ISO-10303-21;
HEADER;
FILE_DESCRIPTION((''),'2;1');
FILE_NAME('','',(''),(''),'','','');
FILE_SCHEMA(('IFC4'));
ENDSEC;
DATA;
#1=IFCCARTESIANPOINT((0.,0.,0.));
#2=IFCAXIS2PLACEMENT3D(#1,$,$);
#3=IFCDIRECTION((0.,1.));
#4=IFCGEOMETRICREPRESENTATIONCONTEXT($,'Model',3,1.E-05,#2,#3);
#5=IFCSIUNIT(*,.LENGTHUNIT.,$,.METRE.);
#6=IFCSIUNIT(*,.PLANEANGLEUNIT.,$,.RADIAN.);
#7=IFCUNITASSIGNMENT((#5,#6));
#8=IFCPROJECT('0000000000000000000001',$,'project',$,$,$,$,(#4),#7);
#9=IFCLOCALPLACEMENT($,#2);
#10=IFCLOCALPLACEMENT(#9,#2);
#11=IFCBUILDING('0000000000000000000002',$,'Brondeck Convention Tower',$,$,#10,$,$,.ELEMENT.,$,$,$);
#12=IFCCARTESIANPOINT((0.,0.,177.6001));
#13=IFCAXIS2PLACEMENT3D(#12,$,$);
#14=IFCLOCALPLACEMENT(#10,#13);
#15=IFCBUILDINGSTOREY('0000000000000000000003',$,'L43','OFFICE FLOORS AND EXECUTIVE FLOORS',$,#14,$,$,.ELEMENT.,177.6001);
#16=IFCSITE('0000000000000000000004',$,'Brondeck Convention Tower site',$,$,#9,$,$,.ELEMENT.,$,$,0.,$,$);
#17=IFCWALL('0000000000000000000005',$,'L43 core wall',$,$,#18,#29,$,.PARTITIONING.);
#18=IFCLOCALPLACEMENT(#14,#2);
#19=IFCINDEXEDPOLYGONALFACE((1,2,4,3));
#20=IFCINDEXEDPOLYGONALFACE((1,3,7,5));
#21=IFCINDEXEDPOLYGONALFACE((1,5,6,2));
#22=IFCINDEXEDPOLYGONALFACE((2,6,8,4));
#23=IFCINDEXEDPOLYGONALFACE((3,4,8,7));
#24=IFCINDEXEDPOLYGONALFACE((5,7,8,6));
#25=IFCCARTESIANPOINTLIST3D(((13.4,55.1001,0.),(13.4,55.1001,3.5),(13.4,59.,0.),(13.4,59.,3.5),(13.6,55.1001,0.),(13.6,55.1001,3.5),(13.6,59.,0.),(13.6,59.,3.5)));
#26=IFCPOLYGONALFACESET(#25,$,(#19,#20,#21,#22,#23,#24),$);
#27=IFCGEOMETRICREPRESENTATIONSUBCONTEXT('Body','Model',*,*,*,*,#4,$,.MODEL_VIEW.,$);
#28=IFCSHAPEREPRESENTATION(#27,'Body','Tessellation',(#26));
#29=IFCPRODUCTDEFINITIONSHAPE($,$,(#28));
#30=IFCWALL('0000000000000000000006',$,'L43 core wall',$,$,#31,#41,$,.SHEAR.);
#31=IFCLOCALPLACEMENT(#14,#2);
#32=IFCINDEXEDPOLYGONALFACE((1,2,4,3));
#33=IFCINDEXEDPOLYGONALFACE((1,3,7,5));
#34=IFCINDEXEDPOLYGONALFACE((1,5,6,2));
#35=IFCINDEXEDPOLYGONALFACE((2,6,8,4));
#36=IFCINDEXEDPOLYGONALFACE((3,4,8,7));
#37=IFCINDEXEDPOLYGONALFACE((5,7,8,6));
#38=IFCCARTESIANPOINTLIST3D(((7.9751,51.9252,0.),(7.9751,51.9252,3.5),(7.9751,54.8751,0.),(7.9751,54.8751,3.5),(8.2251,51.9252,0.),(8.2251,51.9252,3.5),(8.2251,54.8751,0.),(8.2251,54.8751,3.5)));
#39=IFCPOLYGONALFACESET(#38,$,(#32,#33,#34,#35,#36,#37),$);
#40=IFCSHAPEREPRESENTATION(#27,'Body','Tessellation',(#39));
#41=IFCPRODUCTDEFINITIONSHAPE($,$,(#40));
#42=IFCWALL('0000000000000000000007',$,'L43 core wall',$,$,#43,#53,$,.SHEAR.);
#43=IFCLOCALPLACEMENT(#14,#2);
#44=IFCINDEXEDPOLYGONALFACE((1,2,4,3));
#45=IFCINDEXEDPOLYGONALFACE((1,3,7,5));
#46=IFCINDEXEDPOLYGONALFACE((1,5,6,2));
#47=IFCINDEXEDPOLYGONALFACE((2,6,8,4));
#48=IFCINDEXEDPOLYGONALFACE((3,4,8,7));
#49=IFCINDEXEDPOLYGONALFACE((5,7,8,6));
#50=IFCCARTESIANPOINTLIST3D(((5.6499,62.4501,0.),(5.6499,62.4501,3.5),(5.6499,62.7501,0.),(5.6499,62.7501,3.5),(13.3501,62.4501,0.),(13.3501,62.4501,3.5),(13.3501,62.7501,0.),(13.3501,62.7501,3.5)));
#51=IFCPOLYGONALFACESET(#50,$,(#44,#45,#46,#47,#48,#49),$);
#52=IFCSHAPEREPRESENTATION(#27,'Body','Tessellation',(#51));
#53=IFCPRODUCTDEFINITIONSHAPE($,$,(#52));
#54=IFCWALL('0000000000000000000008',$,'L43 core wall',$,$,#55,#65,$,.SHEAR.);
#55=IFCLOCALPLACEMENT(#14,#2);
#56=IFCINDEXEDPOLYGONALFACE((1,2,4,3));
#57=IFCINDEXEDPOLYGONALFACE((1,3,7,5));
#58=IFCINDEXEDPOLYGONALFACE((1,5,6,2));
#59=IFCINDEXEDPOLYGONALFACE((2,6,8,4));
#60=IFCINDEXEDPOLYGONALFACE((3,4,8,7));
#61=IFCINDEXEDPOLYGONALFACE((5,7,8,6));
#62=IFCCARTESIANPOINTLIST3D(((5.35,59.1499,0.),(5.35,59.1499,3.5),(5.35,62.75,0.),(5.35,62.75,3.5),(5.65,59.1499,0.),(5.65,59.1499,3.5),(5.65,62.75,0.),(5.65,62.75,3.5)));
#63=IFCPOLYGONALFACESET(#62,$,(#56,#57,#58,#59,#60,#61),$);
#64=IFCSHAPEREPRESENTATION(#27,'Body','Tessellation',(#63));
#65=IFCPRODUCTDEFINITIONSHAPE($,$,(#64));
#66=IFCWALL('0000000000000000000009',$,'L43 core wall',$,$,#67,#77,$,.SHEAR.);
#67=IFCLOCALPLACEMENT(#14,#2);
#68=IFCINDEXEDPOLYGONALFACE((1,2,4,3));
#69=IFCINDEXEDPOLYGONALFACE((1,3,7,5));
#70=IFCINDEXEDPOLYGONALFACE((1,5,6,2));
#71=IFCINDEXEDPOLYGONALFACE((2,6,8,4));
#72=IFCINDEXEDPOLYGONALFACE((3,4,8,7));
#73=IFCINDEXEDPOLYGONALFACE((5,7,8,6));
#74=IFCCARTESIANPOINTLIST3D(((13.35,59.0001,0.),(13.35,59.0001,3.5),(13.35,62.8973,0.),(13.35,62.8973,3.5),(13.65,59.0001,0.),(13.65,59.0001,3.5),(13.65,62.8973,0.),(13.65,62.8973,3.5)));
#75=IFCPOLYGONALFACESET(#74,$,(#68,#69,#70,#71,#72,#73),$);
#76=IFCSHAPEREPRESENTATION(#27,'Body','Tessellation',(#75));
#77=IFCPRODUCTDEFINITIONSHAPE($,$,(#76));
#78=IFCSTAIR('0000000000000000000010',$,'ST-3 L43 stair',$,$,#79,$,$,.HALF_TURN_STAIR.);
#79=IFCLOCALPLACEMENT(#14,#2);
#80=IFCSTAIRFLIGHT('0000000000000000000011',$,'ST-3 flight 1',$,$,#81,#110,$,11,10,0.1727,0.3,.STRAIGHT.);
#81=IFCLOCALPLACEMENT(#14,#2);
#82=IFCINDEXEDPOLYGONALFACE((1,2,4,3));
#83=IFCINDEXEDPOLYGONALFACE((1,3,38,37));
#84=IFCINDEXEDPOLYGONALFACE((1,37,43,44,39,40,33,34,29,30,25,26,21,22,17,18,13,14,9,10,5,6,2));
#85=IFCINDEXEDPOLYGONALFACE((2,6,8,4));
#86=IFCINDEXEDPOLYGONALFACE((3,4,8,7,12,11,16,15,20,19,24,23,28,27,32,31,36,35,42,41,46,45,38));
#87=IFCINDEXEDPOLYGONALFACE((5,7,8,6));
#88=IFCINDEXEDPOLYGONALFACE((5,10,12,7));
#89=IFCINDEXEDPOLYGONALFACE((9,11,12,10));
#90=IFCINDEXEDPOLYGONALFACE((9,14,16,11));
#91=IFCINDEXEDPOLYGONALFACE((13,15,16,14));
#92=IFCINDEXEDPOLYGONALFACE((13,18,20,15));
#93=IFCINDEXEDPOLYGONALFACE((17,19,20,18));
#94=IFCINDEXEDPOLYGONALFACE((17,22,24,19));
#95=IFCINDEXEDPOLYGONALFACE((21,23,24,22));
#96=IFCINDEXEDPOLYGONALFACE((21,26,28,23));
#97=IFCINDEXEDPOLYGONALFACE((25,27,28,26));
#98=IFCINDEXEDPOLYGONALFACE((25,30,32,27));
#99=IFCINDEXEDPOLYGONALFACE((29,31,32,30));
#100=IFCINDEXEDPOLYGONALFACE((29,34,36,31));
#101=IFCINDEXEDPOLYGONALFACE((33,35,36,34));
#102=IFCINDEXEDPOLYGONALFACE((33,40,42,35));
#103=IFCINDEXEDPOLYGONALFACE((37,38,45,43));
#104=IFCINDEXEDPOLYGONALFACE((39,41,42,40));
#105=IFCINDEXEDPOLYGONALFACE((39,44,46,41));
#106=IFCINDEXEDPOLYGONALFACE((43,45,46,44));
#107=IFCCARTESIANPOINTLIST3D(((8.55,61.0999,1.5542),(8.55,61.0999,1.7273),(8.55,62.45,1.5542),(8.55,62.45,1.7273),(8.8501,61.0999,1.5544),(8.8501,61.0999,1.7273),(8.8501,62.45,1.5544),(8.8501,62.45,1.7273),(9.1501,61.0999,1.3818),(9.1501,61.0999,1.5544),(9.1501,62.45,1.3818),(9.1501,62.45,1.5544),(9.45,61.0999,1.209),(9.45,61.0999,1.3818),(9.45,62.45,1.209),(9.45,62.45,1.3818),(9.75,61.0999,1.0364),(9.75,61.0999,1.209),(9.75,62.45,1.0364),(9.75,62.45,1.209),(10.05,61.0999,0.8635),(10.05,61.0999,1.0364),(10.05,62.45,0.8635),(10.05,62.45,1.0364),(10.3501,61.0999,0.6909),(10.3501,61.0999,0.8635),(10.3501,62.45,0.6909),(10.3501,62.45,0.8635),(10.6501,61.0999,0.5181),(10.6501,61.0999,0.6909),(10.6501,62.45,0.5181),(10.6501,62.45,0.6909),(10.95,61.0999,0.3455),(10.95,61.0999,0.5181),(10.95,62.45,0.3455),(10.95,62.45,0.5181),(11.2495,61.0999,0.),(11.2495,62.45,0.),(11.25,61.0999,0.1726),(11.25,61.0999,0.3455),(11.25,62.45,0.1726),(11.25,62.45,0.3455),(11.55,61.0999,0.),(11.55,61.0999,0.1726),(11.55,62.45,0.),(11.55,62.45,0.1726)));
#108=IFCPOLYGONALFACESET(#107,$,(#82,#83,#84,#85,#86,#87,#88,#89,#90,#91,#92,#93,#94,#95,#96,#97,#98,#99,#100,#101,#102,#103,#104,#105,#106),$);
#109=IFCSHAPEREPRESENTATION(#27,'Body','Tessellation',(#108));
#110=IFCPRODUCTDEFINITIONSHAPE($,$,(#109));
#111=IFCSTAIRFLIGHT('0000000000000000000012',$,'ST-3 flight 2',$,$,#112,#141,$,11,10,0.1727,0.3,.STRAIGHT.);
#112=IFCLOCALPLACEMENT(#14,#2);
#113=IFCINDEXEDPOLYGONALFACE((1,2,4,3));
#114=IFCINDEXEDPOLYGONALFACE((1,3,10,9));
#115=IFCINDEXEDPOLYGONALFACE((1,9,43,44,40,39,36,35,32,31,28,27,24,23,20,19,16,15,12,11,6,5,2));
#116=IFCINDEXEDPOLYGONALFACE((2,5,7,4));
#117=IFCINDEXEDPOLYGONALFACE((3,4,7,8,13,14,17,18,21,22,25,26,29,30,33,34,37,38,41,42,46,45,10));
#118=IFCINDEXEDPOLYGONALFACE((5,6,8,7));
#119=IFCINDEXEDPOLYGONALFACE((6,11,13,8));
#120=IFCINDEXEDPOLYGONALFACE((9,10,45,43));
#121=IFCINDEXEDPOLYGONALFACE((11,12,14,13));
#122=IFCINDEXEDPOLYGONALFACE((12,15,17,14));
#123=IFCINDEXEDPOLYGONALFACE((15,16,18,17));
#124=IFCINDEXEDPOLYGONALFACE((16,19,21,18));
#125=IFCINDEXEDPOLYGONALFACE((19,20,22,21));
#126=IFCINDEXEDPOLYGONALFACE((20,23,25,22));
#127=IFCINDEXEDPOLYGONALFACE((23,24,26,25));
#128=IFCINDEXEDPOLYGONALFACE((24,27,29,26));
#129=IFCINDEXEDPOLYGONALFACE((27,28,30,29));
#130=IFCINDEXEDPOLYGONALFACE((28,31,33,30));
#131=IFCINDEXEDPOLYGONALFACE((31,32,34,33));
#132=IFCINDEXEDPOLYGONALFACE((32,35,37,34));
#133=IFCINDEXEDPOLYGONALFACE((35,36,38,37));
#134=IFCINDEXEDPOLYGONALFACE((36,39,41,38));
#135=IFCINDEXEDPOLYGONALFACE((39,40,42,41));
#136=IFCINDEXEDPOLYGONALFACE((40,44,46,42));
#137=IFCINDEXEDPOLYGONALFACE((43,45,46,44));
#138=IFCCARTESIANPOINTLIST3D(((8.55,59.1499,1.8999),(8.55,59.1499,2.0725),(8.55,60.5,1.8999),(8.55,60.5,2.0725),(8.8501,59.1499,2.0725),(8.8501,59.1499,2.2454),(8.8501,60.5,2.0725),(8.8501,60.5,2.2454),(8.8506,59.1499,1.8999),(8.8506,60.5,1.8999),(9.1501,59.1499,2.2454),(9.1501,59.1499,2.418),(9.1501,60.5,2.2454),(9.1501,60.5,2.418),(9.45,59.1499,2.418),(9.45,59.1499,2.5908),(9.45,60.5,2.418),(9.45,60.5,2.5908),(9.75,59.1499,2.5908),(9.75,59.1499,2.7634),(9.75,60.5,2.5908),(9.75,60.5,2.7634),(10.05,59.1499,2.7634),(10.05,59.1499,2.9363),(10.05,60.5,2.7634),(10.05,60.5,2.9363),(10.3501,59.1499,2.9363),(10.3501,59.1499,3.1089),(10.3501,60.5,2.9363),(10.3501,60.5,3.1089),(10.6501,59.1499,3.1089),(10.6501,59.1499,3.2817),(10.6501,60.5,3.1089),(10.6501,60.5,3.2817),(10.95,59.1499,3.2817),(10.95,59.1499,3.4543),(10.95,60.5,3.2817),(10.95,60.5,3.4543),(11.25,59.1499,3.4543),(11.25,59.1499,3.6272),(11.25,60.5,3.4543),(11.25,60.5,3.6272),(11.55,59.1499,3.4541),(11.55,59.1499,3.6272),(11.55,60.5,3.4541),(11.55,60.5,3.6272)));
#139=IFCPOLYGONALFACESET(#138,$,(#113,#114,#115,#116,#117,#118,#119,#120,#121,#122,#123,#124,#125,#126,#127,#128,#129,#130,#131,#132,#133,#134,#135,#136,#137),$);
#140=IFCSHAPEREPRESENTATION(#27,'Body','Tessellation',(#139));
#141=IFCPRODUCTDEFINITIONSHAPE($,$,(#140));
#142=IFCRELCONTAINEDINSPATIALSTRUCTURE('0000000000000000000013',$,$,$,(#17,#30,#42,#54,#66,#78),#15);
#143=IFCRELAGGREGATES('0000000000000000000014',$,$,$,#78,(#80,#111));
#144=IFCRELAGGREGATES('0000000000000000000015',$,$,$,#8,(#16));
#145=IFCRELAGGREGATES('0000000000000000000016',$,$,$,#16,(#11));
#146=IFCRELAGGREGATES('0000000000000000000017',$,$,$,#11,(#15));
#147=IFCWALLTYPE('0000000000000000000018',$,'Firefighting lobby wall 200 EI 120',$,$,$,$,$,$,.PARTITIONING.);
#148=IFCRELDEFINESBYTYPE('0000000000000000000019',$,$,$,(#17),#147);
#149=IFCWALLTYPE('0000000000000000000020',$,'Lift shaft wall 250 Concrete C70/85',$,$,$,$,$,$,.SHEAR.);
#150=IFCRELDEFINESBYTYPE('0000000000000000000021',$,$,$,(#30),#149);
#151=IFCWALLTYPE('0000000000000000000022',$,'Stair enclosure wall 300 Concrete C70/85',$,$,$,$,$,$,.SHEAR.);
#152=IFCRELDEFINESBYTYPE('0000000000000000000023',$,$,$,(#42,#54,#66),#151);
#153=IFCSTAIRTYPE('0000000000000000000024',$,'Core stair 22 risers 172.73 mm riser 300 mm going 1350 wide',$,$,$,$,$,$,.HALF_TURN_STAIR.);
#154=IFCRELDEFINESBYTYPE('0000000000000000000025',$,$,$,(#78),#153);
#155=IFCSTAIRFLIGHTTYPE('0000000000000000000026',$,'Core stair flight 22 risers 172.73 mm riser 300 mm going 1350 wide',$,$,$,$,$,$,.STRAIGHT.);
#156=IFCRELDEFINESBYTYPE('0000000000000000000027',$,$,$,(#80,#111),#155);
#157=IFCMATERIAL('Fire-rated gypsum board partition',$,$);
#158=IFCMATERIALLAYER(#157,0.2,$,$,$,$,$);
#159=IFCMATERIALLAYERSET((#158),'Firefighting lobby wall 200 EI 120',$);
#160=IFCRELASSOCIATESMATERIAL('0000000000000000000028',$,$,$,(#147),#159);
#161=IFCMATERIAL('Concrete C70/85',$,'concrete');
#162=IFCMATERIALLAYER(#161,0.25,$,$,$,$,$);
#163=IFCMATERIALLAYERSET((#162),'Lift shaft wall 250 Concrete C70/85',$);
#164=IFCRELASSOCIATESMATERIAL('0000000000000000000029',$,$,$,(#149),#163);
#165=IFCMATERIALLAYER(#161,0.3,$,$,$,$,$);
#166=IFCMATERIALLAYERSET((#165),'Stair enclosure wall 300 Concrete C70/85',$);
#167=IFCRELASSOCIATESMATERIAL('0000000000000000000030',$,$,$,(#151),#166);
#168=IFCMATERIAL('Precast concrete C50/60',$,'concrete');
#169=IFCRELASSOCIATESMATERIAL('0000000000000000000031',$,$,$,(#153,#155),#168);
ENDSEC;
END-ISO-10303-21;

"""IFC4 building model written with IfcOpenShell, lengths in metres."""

from ifc_helpers import new_model, si_unit, direction, frame, frame_2d, origin, place, context, subcontext, project, spatial, polyline, rectangle, outline, extrude, material, layer, layer_set, type_object, element, aggregate, save


model = new_model("IFC4")

# Units and contexts
model_context = context("Model", 3, precision=1e-05, world=origin(), true_north=direction((0.0, 1.0)))
body_context = subcontext(model_context, "Body", "Model", "MODEL_VIEW")
ifc_project = project(units=[si_unit("LENGTHUNIT", "METRE"), si_unit("PLANEANGLEUNIT", "RADIAN")], contexts=[model_context])

# Site, building, storey
site_placement = place(None, origin())
site = spatial("IfcSite", under=ifc_project, at=site_placement, Name="Brondeck Convention Tower site", CompositionType="ELEMENT", RefElevation=0.0)
building_placement = place(site_placement, origin())
building = spatial("IfcBuilding", under=site, at=building_placement, Name="Brondeck Convention Tower", CompositionType="ELEMENT")
storey_placement = place(building_placement, frame((0.0, 0.0, 177.6001)))
storey = spatial("IfcBuildingStorey", under=building, at=storey_placement, Name="L43", Description="OFFICE FLOORS AND EXECUTIVE FLOORS", CompositionType="ELEMENT", Elevation=177.6001)

# Shared definitions
ifc_material_1 = material(Name="Concrete C70/85", Category="concrete")

# Shared definitions
ifc_material_2 = material(Name="Fire-rated gypsum board partition")

# Shared definitions
ifc_layer_1 = layer(ifc_material_2, 0.2)
ifc_layer_set_1 = layer_set([ifc_layer_1], Name="Firefighting lobby wall 200 EI 120")
wall_type_1 = type_object("IfcWallType", Name="Firefighting lobby wall 200 EI 120", PredefinedType="PARTITIONING", material=ifc_layer_set_1)

# Walls
wall_1_placement = place(storey_placement, frame((13.5, 55.1001, 0.0), z_axis=(0.0, 0.0, 1.0), x_axis=(0.0, 1.0, 0.0)))
element("IfcWall", 1, at=wall_1_placement, inside=storey, type_object=wall_type_1, Name="L43 core wall", PredefinedType="PARTITIONING", context=body_context, shape_type="SweptSolid", body=[
    extrude(rectangle(XDim=3.8999, YDim=0.2, at=frame_2d((1.95, 0.0))), origin(), (0.0, 0.0, 1.0), 3.5),
])
ifc_layer_2 = layer(ifc_material_1, 0.25)
ifc_layer_set_2 = layer_set([ifc_layer_2], Name="Lift shaft wall 250 Concrete C70/85")
wall_type_2 = type_object("IfcWallType", Name="Lift shaft wall 250 Concrete C70/85", PredefinedType="SHEAR", material=ifc_layer_set_2)
wall_2_placement = place(storey_placement, frame((8.1001, 51.925, 0.0), z_axis=(0.0, 0.0, 1.0), x_axis=(0.0, 1.0, 0.0)))
element("IfcWall", 2, at=wall_2_placement, inside=storey, type_object=wall_type_2, Name="L43 core wall", PredefinedType="SHEAR", context=body_context, shape_type="SweptSolid", body=[
    extrude(rectangle(XDim=2.95, YDim=0.25, at=frame_2d((1.4751, 0.0))), origin(), (0.0, 0.0, 1.0), 3.5),
])
ifc_layer_3 = layer(ifc_material_1, 0.3)
ifc_layer_set_3 = layer_set([ifc_layer_3], Name="Stair enclosure wall 300 Concrete C70/85")
wall_type_3 = type_object("IfcWallType", Name="Stair enclosure wall 300 Concrete C70/85", PredefinedType="SHEAR", material=ifc_layer_set_3)
wall_3_placement = place(storey_placement, frame((5.6499, 62.6001, 0.0), z_axis=(0.0, 0.0, 1.0), x_axis=(1.0, 0.0, 0.0)))
element("IfcWall", 3, at=wall_3_placement, inside=storey, type_object=wall_type_3, Name="L43 core wall", PredefinedType="SHEAR", context=body_context, shape_type="SweptSolid", body=[
    extrude(rectangle(XDim=7.7002, YDim=0.3, at=frame_2d((3.8501, 0.0))), origin(), (0.0, 0.0, 1.0), 3.5),
])
wall_4_placement = place(storey_placement, frame((5.5, 59.1499, 0.0), z_axis=(0.0, 0.0, 1.0), x_axis=(0.0, 1.0, 0.0)))
element("IfcWall", 4, at=wall_4_placement, inside=storey, type_object=wall_type_3, Name="L43 core wall", PredefinedType="SHEAR", context=body_context, shape_type="SweptSolid", body=[
    extrude(rectangle(XDim=3.6001, YDim=0.3, at=frame_2d((1.8, 0.0))), origin(), (0.0, 0.0, 1.0), 3.5),
])
wall_5_placement = place(storey_placement, frame((13.5, 59.0, 0.0), z_axis=(0.0, 0.0, 1.0), x_axis=(0.0, 1.0, 0.0)))
element("IfcWall", 5, at=wall_5_placement, inside=storey, type_object=wall_type_3, Name="L43 core wall", PredefinedType="SHEAR", context=body_context, shape_type="SweptSolid", body=[
    extrude(rectangle(XDim=3.8972, YDim=0.3, at=frame_2d((1.9487, 0.0))), origin(), (0.0, 0.0, 1.0), 3.5),
])

# Stair, stair flights
ifc_material_3 = material(Name="Precast concrete C50/60", Category="concrete")
stair_type = type_object("IfcStairType", Name="Core stair 22 risers 172.73 mm riser 300 mm going 1350 wide", PredefinedType="HALF_TURN_STAIR", material=ifc_material_3)
stair_placement = place(storey_placement, origin())
stair = element("IfcStair", 6, at=stair_placement, inside=storey, type_object=stair_type, Name="ST-3 L43 stair", PredefinedType="HALF_TURN_STAIR")
stair_flight_type = type_object("IfcStairFlightType", Name="Core stair flight 22 risers 172.73 mm riser 300 mm going 1350 wide", PredefinedType="STRAIGHT", material=ifc_material_3)
stair_flight_1_placement = place(storey_placement, frame((11.55, 61.7749, 0.0), z_axis=(0.0, 0.0, 1.0), x_axis=(-1.0, 0.0, 0.0)))
stair_flight_1 = element("IfcStairFlight", 7, at=stair_flight_1_placement, type_object=stair_flight_type, Name="ST-3 flight 1", NumberOfRisers=11, NumberOfTreads=10, PredefinedType="STRAIGHT", RiserHeight=0.1727, TreadLength=0.3, context=body_context, shape_type="SweptSolid", body=[
    extrude(outline(polyline([(0.0, 0.0), (0.0, 0.1726), (0.3, 0.1726), (0.3, 0.3455), (0.6001, 0.3455), (0.6001, 0.5181), (0.8999, 0.5181), (0.8999, 0.6909), (1.2, 0.6909), (1.2, 0.8635), (1.5, 0.8635), (1.5, 1.0364), (1.8, 1.0364), (1.8, 1.209), (2.1001, 1.209), (2.1001, 1.3818), (2.3999, 1.3818), (2.3999, 1.5544), (2.7, 1.5544), (2.7, 1.7273), (3.0, 1.7273), (3.0, 1.8999), (3.0, 1.5542), (0.3005, 0.0), (0.0, 0.0)])), frame((0.0, 0.675, 0.0), z_axis=(0.0, -1.0, 0.0), x_axis=(1.0, 0.0, 0.0)), (0.0, 0.0, 1.0), 1.3501),
])
stair_flight_2_placement = place(storey_placement, frame((8.55, 59.825, 1.8999), z_axis=(0.0, 0.0, 1.0), x_axis=(1.0, 0.0, 0.0)))
stair_flight_2 = element("IfcStairFlight", 8, at=stair_flight_2_placement, type_object=stair_flight_type, Name="ST-3 flight 2", NumberOfRisers=11, NumberOfTreads=10, PredefinedType="STRAIGHT", RiserHeight=0.1727, TreadLength=0.3, context=body_context, shape_type="SweptSolid", body=[
    extrude(outline(polyline([(0.0, 0.0), (0.0, 0.1726), (0.3, 0.1726), (0.3, 0.3455), (0.6001, 0.3455), (0.6001, 0.5181), (0.8999, 0.5181), (0.8999, 0.6909), (1.2, 0.6909), (1.2, 0.8635), (1.5, 0.8635), (1.5, 1.0364), (1.8, 1.0364), (1.8, 1.209), (2.1001, 1.209), (2.1001, 1.3818), (2.3999, 1.3818), (2.3999, 1.5544), (2.7, 1.5544), (2.7, 1.7273), (3.0, 1.7273), (3.0, 1.8999), (3.0, 1.5542), (0.3005, 0.0), (0.0, 0.0)])), frame((0.0, 0.675, 0.0), z_axis=(0.0, -1.0, 0.0), x_axis=(1.0, 0.0, 0.0)), (0.0, 0.0, 1.0), 1.3501),
])
aggregate(stair, [stair_flight_1, stair_flight_2])

save(model, "model.ifc")
